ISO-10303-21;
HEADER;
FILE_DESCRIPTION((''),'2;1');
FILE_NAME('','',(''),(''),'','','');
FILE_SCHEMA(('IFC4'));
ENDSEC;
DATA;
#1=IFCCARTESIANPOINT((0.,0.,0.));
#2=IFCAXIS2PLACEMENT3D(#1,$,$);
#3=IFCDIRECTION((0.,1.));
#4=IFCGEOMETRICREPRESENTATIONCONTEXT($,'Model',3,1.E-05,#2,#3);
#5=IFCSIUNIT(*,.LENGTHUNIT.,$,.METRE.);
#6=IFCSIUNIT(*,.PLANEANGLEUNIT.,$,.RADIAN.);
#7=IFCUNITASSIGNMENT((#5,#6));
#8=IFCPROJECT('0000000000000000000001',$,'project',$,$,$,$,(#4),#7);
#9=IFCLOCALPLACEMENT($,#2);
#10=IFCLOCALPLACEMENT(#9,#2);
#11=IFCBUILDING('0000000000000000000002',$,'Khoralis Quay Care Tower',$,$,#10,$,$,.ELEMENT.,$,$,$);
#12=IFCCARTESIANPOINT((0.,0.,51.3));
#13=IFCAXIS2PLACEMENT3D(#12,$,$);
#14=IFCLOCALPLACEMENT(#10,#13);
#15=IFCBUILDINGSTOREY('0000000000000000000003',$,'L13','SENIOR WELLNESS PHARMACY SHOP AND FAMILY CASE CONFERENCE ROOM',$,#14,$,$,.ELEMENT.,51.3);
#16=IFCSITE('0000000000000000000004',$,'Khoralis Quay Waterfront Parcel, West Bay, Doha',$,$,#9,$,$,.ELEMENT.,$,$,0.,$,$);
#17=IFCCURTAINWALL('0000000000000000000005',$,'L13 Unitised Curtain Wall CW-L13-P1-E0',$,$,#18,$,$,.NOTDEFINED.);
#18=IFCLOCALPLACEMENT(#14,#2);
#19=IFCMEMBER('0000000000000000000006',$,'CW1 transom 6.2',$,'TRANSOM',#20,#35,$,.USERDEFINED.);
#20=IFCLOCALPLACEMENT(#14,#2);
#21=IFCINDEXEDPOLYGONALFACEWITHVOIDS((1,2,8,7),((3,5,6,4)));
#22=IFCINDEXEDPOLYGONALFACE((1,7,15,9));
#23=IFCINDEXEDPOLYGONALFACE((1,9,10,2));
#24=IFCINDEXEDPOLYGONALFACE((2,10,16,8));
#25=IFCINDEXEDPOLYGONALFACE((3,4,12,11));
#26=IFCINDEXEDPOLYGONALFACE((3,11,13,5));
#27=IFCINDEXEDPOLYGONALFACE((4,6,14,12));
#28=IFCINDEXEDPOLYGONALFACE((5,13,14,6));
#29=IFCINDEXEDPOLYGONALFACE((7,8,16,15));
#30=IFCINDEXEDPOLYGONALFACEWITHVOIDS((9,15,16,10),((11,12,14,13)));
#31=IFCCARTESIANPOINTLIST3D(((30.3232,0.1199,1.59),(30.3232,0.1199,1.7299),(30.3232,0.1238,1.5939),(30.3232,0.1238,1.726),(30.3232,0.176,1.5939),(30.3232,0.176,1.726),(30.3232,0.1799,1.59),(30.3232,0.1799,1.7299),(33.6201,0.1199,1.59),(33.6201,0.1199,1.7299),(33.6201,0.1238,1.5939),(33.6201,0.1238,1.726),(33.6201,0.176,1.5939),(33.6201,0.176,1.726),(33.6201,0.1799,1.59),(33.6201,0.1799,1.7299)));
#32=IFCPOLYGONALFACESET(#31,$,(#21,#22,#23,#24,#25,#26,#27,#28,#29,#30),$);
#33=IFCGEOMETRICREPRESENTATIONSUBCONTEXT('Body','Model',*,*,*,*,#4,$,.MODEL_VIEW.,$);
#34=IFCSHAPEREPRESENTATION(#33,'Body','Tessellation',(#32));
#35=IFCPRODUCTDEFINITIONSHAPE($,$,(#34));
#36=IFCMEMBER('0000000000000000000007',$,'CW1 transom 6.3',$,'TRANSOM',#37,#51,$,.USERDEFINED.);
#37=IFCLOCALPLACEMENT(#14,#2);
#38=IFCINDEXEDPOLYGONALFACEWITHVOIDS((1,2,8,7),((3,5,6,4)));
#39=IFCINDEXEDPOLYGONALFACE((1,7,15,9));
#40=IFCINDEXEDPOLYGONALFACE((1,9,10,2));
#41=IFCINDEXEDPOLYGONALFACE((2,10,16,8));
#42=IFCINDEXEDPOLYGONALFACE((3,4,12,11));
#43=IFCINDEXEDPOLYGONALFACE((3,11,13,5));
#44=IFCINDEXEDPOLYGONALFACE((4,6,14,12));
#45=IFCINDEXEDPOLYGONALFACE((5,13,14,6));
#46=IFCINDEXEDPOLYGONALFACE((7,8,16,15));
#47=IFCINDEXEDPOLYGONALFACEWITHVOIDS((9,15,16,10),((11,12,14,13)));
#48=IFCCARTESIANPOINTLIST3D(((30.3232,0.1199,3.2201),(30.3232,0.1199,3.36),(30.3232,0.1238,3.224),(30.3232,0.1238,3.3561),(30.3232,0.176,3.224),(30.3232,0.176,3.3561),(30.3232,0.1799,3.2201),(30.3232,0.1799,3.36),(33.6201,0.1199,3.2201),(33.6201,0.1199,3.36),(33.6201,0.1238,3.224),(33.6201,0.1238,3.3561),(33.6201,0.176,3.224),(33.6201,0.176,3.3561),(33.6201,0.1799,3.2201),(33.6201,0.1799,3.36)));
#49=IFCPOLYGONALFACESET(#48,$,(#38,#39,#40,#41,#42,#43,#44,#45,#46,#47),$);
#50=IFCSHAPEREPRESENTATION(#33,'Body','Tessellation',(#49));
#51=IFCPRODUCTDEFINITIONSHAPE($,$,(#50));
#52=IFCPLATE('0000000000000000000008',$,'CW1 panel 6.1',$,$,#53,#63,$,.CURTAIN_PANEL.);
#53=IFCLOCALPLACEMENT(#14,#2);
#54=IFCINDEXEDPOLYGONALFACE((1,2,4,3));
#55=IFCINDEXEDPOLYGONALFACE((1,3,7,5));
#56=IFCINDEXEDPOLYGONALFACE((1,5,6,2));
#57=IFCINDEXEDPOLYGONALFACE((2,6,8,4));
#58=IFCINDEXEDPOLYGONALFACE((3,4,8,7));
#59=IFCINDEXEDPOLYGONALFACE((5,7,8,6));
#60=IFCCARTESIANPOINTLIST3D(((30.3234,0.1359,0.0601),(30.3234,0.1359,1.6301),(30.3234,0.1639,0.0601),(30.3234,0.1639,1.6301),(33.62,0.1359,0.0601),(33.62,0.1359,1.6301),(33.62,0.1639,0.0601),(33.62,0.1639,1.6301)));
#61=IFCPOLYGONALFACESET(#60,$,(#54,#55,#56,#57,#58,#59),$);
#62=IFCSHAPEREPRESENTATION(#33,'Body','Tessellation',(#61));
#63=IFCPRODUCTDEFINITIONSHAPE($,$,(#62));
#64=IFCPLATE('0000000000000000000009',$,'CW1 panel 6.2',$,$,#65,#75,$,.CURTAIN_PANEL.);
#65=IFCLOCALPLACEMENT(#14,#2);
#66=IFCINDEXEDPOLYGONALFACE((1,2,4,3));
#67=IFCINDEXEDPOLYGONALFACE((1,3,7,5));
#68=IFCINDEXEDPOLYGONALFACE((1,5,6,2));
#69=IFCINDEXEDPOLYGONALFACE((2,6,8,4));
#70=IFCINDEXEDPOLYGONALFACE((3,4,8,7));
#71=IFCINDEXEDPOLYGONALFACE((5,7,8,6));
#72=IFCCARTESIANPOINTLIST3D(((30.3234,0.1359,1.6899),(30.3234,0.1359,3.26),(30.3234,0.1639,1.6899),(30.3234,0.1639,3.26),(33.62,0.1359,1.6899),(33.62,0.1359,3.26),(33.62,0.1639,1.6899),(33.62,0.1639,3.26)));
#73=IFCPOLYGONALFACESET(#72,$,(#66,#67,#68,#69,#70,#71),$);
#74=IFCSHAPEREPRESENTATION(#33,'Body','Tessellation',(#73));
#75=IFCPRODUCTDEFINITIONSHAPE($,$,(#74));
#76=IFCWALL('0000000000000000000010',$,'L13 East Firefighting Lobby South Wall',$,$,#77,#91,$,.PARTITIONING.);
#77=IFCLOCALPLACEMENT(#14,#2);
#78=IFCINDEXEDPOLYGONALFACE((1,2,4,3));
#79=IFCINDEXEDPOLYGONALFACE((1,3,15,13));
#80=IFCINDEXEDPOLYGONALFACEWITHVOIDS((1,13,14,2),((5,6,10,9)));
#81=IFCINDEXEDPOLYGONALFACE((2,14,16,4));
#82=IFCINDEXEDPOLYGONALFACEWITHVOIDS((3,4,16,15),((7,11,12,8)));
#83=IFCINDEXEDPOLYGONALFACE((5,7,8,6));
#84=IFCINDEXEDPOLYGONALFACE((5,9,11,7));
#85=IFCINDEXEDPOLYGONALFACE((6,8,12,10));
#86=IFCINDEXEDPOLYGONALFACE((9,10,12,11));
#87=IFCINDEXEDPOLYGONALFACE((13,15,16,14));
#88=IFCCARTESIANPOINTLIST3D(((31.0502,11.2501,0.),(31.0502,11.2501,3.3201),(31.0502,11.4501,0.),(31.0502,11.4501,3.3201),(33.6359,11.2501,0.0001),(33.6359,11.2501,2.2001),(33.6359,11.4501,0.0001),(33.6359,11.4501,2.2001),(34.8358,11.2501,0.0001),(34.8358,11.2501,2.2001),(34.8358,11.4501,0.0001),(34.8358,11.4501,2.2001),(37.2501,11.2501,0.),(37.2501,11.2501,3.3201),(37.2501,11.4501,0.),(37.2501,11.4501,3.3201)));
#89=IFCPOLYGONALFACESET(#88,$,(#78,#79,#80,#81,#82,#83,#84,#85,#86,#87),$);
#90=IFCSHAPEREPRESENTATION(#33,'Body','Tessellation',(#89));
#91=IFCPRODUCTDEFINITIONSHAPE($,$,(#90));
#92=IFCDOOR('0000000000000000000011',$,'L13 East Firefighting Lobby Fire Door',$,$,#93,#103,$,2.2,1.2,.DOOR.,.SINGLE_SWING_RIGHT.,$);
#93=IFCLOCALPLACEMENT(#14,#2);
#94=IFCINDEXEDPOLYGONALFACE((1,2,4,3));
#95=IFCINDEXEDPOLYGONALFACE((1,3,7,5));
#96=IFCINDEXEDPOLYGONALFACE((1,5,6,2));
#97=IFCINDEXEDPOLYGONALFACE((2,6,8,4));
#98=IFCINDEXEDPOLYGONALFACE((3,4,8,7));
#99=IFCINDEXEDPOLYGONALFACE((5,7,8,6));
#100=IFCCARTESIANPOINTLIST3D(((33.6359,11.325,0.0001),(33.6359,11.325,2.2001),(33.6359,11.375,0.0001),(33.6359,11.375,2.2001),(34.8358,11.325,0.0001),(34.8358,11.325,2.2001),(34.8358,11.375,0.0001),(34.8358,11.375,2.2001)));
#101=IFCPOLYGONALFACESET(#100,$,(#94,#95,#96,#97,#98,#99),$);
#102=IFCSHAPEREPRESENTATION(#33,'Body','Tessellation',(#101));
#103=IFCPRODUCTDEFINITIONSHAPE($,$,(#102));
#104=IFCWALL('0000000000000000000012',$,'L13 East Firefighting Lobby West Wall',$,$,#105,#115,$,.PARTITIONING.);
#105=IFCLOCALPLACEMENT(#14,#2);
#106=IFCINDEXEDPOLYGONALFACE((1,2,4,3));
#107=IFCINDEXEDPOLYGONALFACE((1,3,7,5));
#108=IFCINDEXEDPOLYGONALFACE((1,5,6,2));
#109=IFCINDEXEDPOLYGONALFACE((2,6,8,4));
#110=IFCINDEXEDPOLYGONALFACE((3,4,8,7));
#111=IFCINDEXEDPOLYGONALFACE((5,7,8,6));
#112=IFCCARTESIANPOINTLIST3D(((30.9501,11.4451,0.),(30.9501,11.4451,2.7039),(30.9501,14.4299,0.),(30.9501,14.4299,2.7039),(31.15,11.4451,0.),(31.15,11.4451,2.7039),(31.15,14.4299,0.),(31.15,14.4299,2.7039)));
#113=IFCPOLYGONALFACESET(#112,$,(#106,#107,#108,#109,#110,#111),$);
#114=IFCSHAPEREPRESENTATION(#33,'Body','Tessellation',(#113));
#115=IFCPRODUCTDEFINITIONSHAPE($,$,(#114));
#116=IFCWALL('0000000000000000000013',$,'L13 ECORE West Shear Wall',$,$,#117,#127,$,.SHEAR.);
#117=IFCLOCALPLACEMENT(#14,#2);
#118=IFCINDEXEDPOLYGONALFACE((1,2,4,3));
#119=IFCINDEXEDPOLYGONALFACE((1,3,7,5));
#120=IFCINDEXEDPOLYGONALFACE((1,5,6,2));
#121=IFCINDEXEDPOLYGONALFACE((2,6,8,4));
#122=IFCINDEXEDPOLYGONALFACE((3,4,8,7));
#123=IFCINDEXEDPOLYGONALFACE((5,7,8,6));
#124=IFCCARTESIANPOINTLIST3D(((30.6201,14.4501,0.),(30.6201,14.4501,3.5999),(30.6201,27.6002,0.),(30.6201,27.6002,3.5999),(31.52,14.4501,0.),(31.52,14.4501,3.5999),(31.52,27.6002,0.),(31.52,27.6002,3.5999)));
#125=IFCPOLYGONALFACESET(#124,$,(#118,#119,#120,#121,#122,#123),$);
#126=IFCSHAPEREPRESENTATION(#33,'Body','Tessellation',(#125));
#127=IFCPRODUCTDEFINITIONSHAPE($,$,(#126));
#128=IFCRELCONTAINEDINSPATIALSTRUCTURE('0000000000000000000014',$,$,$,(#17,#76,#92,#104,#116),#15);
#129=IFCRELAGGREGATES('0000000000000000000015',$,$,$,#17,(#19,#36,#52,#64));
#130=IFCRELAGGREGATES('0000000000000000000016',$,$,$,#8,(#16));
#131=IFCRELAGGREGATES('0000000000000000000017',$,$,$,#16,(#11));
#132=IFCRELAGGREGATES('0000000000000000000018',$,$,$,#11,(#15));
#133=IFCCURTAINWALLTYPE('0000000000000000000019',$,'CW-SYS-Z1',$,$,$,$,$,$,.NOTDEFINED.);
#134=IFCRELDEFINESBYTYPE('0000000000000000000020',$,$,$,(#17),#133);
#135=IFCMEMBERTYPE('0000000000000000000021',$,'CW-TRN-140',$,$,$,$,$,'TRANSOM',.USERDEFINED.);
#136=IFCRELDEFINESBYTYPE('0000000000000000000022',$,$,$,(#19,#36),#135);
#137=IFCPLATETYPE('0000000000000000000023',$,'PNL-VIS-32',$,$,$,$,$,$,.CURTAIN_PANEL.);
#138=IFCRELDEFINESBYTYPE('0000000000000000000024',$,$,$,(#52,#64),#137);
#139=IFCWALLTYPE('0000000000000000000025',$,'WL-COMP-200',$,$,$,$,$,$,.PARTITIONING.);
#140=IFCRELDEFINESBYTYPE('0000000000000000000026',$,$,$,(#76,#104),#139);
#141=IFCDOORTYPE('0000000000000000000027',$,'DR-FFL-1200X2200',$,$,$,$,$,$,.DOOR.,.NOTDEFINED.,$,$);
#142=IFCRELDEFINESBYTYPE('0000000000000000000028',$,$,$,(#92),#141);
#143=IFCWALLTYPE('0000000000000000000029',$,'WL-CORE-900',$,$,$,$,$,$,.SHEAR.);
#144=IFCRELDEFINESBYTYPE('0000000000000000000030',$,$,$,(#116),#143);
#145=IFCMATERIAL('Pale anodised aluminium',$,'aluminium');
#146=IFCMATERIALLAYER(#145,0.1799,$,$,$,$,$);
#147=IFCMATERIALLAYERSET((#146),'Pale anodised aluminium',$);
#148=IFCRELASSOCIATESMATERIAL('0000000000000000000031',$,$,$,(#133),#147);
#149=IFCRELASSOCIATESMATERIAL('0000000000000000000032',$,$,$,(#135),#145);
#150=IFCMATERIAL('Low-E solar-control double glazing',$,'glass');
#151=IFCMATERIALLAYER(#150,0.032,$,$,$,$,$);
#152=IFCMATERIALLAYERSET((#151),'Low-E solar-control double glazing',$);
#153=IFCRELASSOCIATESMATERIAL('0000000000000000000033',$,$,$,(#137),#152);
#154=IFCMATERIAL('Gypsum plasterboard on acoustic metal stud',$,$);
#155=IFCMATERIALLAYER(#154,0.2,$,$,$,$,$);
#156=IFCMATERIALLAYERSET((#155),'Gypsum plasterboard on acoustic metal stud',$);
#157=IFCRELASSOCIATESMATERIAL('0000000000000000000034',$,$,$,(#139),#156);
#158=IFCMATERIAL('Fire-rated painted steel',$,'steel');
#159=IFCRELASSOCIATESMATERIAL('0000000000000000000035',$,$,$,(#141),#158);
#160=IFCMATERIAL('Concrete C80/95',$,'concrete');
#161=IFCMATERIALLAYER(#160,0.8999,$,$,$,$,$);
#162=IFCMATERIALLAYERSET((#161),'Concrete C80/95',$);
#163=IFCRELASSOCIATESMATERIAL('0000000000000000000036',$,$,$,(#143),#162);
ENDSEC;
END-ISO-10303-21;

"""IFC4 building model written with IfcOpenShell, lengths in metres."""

from ifc_helpers import new_model, si_unit, direction, frame, frame_2d, origin, origin_2d, place, context, subcontext, project, spatial, rectangle, hollow_rectangle, extrude, source, transform, mapped, material, layer, layer_set, material_profile, profile_set, type_object, element, fill, aggregate, save


model = new_model("IFC4")

# Units and contexts
model_context = context("Model", 3, precision=1e-05, world=origin(), true_north=direction((0.0, 1.0)))
body_context = subcontext(model_context, "Body", "Model", "MODEL_VIEW")
ifc_project = project(units=[si_unit("LENGTHUNIT", "METRE"), si_unit("PLANEANGLEUNIT", "RADIAN")], contexts=[model_context])

# Site, building, storey
site_placement = place(None, origin())
site = spatial("IfcSite", under=ifc_project, at=site_placement, Name="Khoralis Quay Waterfront Parcel, West Bay, Doha", CompositionType="ELEMENT", RefElevation=0.0)
building_placement = place(site_placement, origin())
building = spatial("IfcBuilding", under=site, at=building_placement, Name="Khoralis Quay Care Tower", CompositionType="ELEMENT")
storey_placement = place(building_placement, frame((0.0, 0.0, 51.3)))
storey = spatial("IfcBuildingStorey", under=building, at=storey_placement, Name="L13", Description="SENIOR WELLNESS PHARMACY SHOP AND FAMILY CASE CONFERENCE ROOM", CompositionType="ELEMENT", Elevation=51.3)

# Shared definitions
ifc_material_1 = material(Name="Concrete C80/95", Category="concrete")

# Curtain wall, members, plates
ifc_material_2 = material(Name="Pale anodised aluminium", Category="aluminium")
ifc_layer_1 = layer(ifc_material_2, 0.1799)
ifc_layer_set_1 = layer_set([ifc_layer_1], Name="Pale anodised aluminium")
curtain_wall_type = type_object("IfcCurtainWallType", Name="CW-SYS-Z1", PredefinedType="NOTDEFINED", material=ifc_layer_set_1)
curtain_wall_placement = place(storey_placement, origin())
curtain_wall = element("IfcCurtainWall", 1, at=curtain_wall_placement, inside=storey, type_object=curtain_wall_type, Name="L13 Unitised Curtain Wall CW-L13-P1-E0", PredefinedType="NOTDEFINED")
ifc_material_profile_1 = material_profile(ifc_material_2, hollow_rectangle(XDim=0.0601, YDim=0.1399, WallThickness=0.0039, at=origin_2d()), Name="Pale anodised aluminium")
ifc_profile_set_1 = profile_set([ifc_material_profile_1], Name="Pale anodised aluminium")
member_type = type_object("IfcMemberType", Name="CW-TRN-140", ElementType="TRANSOM", PredefinedType="USERDEFINED", material=ifc_profile_set_1)
shared_shape_1 = source(origin(), body_context, "Body", "SweptSolid", [
    extrude(hollow_rectangle(XDim=0.0601, YDim=0.1399, WallThickness=0.0039, at=origin_2d()), origin(), (0.0, 0.0, 1.0), 3.2969),
])
member_1_placement = place(storey_placement, frame((30.3232, 0.1499, 1.6599), z_axis=(1.0, 0.0, 0.0), x_axis=(0.0, 1.0, 0.0)))
member_1 = element("IfcMember", 2, at=member_1_placement, type_object=member_type, Name="CW1 transom 6.2", ObjectType="TRANSOM", PredefinedType="USERDEFINED", context=body_context, shape_type="MappedRepresentation", body=[
    mapped(shared_shape_1, transform((0.0, 0.0, 0.0), scale=1.0)),
])
member_2_placement = place(storey_placement, frame((30.3232, 0.1499, 3.29), z_axis=(1.0, 0.0, 0.0), x_axis=(0.0, 1.0, 0.0)))
member_2 = element("IfcMember", 3, at=member_2_placement, type_object=member_type, Name="CW1 transom 6.3", ObjectType="TRANSOM", PredefinedType="USERDEFINED", context=body_context, shape_type="MappedRepresentation", body=[
    mapped(shared_shape_1, transform((0.0, 0.0, 0.0), scale=1.0)),
])
ifc_material_3 = material(Name="Low-E solar-control double glazing", Category="glass")
ifc_layer_2 = layer(ifc_material_3, 0.032)
ifc_layer_set_2 = layer_set([ifc_layer_2], Name="Low-E solar-control double glazing")
plate_type = type_object("IfcPlateType", Name="PNL-VIS-32", PredefinedType="CURTAIN_PANEL", material=ifc_layer_set_2)
shared_shape_2 = source(origin(), body_context, "Body", "SweptSolid", [
    extrude(rectangle(XDim=3.2966, YDim=0.0281, at=origin_2d()), origin(), (0.0, 0.0, 1.0), 1.5701),
])
plate_1_placement = place(storey_placement, frame((31.9717, 0.1499, 0.0601), z_axis=(0.0, 0.0, 1.0), x_axis=(1.0, 0.0, 0.0)))
plate_1 = element("IfcPlate", 4, at=plate_1_placement, type_object=plate_type, Name="CW1 panel 6.1", PredefinedType="CURTAIN_PANEL", context=body_context, shape_type="MappedRepresentation", body=[
    mapped(shared_shape_2, transform((0.0, 0.0, 0.0), scale=1.0)),
])
plate_2_placement = place(storey_placement, frame((31.9717, 0.1499, 1.6899), z_axis=(0.0, 0.0, 1.0), x_axis=(1.0, 0.0, 0.0)))
plate_2 = element("IfcPlate", 5, at=plate_2_placement, type_object=plate_type, Name="CW1 panel 6.2", PredefinedType="CURTAIN_PANEL", context=body_context, shape_type="MappedRepresentation", body=[
    mapped(shared_shape_2, transform((0.0, 0.0, 0.0), scale=1.0)),
])
aggregate(curtain_wall, [member_1, member_2, plate_1, plate_2])

# Wall, opening, door
ifc_material_4 = material(Name="Gypsum plasterboard on acoustic metal stud")
ifc_layer_3 = layer(ifc_material_4, 0.2)
ifc_layer_set_3 = layer_set([ifc_layer_3], Name="Gypsum plasterboard on acoustic metal stud")
wall_type_1 = type_object("IfcWallType", Name="WL-COMP-200", PredefinedType="PARTITIONING", material=ifc_layer_set_3)
wall_1_placement = place(storey_placement, frame((31.05, 11.3501, 0.0), z_axis=(0.0, 0.0, 1.0), x_axis=(1.0, 0.0, 0.0)))
wall_1 = element("IfcWall", 6, at=wall_1_placement, inside=storey, type_object=wall_type_1, Name="L13 East Firefighting Lobby South Wall", PredefinedType="PARTITIONING", context=body_context, shape_type="SweptSolid", body=[
    extrude(rectangle(XDim=6.2, YDim=0.2, at=frame_2d((3.1001, 0.0))), origin(), (0.0, 0.0, 1.0), 3.3201),
])
opening_1_placement = place(wall_1_placement, frame((2.5857, 0.0, 0.0)))
opening_1 = element("IfcOpeningElement", 7, at=opening_1_placement, cuts=wall_1, PredefinedType="OPENING", context=body_context, shape_type="SweptSolid", body=[
    extrude(rectangle(XDim=1.2, YDim=2.2, at=frame_2d((0.6001, 1.1001))), frame((0.0, 0.1099, 0.0), z_axis=(0.0, -1.0, 0.0), x_axis=(1.0, 0.0, 0.0)), (0.0, 0.0, 1.0), 0.22),
])
ifc_material_5 = material(Name="Fire-rated painted steel", Category="steel")
door_type_1 = type_object("IfcDoorType", Name="DR-FFL-1200X2200", OperationType="NOTDEFINED", PredefinedType="DOOR", material=ifc_material_5)
shared_shape_3 = source(origin(), body_context, "Body", "SweptSolid", [
    extrude(rectangle(XDim=1.2, YDim=2.2, at=frame_2d((0.6001, 1.1001))), frame((0.0, 0.0249, 0.0), z_axis=(0.0, -1.0, 0.0), x_axis=(1.0, 0.0, 0.0)), (0.0, 0.0, 1.0), 0.05),
])
door_1_placement = place(opening_1_placement, origin())
door_1 = element("IfcDoor", 8, at=door_1_placement, inside=storey, type_object=door_type_1, Name="L13 East Firefighting Lobby Fire Door", OperationType="SINGLE_SWING_RIGHT", OverallHeight=2.2, OverallWidth=1.2, PredefinedType="DOOR", context=body_context, shape_type="MappedRepresentation", body=[
    mapped(shared_shape_3, transform((0.0, 0.0, 0.0), scale=1.0)),
])
fill(opening_1, door_1)

# Walls
wall_2_placement = place(storey_placement, frame((31.05, 11.4451, 0.0), z_axis=(0.0, 0.0, 1.0), x_axis=(0.0, 1.0, 0.0)))
element("IfcWall", 9, at=wall_2_placement, inside=storey, type_object=wall_type_1, Name="L13 East Firefighting Lobby West Wall", PredefinedType="PARTITIONING", context=body_context, shape_type="SweptSolid", body=[
    extrude(rectangle(XDim=2.9849, YDim=0.2, at=frame_2d((1.4924, 0.0))), origin(), (0.0, 0.0, 1.0), 2.7039),
])
ifc_layer_4 = layer(ifc_material_1, 0.8999)
ifc_layer_set_4 = layer_set([ifc_layer_4], Name="Concrete C80/95")
wall_type_2 = type_object("IfcWallType", Name="WL-CORE-900", PredefinedType="SHEAR", material=ifc_layer_set_4)
wall_3_placement = place(storey_placement, frame((31.0701, 14.45, 0.0), z_axis=(0.0, 0.0, 1.0), x_axis=(0.0, 1.0, 0.0)))
element("IfcWall", 10, at=wall_3_placement, inside=storey, type_object=wall_type_2, Name="L13 ECORE West Shear Wall", PredefinedType="SHEAR", context=body_context, shape_type="SweptSolid", body=[
    extrude(rectangle(XDim=13.1501, YDim=0.8999, at=frame_2d((6.5752, 0.0))), origin(), (0.0, 0.0, 1.0), 3.5999),
])

save(model, "model.ifc")
